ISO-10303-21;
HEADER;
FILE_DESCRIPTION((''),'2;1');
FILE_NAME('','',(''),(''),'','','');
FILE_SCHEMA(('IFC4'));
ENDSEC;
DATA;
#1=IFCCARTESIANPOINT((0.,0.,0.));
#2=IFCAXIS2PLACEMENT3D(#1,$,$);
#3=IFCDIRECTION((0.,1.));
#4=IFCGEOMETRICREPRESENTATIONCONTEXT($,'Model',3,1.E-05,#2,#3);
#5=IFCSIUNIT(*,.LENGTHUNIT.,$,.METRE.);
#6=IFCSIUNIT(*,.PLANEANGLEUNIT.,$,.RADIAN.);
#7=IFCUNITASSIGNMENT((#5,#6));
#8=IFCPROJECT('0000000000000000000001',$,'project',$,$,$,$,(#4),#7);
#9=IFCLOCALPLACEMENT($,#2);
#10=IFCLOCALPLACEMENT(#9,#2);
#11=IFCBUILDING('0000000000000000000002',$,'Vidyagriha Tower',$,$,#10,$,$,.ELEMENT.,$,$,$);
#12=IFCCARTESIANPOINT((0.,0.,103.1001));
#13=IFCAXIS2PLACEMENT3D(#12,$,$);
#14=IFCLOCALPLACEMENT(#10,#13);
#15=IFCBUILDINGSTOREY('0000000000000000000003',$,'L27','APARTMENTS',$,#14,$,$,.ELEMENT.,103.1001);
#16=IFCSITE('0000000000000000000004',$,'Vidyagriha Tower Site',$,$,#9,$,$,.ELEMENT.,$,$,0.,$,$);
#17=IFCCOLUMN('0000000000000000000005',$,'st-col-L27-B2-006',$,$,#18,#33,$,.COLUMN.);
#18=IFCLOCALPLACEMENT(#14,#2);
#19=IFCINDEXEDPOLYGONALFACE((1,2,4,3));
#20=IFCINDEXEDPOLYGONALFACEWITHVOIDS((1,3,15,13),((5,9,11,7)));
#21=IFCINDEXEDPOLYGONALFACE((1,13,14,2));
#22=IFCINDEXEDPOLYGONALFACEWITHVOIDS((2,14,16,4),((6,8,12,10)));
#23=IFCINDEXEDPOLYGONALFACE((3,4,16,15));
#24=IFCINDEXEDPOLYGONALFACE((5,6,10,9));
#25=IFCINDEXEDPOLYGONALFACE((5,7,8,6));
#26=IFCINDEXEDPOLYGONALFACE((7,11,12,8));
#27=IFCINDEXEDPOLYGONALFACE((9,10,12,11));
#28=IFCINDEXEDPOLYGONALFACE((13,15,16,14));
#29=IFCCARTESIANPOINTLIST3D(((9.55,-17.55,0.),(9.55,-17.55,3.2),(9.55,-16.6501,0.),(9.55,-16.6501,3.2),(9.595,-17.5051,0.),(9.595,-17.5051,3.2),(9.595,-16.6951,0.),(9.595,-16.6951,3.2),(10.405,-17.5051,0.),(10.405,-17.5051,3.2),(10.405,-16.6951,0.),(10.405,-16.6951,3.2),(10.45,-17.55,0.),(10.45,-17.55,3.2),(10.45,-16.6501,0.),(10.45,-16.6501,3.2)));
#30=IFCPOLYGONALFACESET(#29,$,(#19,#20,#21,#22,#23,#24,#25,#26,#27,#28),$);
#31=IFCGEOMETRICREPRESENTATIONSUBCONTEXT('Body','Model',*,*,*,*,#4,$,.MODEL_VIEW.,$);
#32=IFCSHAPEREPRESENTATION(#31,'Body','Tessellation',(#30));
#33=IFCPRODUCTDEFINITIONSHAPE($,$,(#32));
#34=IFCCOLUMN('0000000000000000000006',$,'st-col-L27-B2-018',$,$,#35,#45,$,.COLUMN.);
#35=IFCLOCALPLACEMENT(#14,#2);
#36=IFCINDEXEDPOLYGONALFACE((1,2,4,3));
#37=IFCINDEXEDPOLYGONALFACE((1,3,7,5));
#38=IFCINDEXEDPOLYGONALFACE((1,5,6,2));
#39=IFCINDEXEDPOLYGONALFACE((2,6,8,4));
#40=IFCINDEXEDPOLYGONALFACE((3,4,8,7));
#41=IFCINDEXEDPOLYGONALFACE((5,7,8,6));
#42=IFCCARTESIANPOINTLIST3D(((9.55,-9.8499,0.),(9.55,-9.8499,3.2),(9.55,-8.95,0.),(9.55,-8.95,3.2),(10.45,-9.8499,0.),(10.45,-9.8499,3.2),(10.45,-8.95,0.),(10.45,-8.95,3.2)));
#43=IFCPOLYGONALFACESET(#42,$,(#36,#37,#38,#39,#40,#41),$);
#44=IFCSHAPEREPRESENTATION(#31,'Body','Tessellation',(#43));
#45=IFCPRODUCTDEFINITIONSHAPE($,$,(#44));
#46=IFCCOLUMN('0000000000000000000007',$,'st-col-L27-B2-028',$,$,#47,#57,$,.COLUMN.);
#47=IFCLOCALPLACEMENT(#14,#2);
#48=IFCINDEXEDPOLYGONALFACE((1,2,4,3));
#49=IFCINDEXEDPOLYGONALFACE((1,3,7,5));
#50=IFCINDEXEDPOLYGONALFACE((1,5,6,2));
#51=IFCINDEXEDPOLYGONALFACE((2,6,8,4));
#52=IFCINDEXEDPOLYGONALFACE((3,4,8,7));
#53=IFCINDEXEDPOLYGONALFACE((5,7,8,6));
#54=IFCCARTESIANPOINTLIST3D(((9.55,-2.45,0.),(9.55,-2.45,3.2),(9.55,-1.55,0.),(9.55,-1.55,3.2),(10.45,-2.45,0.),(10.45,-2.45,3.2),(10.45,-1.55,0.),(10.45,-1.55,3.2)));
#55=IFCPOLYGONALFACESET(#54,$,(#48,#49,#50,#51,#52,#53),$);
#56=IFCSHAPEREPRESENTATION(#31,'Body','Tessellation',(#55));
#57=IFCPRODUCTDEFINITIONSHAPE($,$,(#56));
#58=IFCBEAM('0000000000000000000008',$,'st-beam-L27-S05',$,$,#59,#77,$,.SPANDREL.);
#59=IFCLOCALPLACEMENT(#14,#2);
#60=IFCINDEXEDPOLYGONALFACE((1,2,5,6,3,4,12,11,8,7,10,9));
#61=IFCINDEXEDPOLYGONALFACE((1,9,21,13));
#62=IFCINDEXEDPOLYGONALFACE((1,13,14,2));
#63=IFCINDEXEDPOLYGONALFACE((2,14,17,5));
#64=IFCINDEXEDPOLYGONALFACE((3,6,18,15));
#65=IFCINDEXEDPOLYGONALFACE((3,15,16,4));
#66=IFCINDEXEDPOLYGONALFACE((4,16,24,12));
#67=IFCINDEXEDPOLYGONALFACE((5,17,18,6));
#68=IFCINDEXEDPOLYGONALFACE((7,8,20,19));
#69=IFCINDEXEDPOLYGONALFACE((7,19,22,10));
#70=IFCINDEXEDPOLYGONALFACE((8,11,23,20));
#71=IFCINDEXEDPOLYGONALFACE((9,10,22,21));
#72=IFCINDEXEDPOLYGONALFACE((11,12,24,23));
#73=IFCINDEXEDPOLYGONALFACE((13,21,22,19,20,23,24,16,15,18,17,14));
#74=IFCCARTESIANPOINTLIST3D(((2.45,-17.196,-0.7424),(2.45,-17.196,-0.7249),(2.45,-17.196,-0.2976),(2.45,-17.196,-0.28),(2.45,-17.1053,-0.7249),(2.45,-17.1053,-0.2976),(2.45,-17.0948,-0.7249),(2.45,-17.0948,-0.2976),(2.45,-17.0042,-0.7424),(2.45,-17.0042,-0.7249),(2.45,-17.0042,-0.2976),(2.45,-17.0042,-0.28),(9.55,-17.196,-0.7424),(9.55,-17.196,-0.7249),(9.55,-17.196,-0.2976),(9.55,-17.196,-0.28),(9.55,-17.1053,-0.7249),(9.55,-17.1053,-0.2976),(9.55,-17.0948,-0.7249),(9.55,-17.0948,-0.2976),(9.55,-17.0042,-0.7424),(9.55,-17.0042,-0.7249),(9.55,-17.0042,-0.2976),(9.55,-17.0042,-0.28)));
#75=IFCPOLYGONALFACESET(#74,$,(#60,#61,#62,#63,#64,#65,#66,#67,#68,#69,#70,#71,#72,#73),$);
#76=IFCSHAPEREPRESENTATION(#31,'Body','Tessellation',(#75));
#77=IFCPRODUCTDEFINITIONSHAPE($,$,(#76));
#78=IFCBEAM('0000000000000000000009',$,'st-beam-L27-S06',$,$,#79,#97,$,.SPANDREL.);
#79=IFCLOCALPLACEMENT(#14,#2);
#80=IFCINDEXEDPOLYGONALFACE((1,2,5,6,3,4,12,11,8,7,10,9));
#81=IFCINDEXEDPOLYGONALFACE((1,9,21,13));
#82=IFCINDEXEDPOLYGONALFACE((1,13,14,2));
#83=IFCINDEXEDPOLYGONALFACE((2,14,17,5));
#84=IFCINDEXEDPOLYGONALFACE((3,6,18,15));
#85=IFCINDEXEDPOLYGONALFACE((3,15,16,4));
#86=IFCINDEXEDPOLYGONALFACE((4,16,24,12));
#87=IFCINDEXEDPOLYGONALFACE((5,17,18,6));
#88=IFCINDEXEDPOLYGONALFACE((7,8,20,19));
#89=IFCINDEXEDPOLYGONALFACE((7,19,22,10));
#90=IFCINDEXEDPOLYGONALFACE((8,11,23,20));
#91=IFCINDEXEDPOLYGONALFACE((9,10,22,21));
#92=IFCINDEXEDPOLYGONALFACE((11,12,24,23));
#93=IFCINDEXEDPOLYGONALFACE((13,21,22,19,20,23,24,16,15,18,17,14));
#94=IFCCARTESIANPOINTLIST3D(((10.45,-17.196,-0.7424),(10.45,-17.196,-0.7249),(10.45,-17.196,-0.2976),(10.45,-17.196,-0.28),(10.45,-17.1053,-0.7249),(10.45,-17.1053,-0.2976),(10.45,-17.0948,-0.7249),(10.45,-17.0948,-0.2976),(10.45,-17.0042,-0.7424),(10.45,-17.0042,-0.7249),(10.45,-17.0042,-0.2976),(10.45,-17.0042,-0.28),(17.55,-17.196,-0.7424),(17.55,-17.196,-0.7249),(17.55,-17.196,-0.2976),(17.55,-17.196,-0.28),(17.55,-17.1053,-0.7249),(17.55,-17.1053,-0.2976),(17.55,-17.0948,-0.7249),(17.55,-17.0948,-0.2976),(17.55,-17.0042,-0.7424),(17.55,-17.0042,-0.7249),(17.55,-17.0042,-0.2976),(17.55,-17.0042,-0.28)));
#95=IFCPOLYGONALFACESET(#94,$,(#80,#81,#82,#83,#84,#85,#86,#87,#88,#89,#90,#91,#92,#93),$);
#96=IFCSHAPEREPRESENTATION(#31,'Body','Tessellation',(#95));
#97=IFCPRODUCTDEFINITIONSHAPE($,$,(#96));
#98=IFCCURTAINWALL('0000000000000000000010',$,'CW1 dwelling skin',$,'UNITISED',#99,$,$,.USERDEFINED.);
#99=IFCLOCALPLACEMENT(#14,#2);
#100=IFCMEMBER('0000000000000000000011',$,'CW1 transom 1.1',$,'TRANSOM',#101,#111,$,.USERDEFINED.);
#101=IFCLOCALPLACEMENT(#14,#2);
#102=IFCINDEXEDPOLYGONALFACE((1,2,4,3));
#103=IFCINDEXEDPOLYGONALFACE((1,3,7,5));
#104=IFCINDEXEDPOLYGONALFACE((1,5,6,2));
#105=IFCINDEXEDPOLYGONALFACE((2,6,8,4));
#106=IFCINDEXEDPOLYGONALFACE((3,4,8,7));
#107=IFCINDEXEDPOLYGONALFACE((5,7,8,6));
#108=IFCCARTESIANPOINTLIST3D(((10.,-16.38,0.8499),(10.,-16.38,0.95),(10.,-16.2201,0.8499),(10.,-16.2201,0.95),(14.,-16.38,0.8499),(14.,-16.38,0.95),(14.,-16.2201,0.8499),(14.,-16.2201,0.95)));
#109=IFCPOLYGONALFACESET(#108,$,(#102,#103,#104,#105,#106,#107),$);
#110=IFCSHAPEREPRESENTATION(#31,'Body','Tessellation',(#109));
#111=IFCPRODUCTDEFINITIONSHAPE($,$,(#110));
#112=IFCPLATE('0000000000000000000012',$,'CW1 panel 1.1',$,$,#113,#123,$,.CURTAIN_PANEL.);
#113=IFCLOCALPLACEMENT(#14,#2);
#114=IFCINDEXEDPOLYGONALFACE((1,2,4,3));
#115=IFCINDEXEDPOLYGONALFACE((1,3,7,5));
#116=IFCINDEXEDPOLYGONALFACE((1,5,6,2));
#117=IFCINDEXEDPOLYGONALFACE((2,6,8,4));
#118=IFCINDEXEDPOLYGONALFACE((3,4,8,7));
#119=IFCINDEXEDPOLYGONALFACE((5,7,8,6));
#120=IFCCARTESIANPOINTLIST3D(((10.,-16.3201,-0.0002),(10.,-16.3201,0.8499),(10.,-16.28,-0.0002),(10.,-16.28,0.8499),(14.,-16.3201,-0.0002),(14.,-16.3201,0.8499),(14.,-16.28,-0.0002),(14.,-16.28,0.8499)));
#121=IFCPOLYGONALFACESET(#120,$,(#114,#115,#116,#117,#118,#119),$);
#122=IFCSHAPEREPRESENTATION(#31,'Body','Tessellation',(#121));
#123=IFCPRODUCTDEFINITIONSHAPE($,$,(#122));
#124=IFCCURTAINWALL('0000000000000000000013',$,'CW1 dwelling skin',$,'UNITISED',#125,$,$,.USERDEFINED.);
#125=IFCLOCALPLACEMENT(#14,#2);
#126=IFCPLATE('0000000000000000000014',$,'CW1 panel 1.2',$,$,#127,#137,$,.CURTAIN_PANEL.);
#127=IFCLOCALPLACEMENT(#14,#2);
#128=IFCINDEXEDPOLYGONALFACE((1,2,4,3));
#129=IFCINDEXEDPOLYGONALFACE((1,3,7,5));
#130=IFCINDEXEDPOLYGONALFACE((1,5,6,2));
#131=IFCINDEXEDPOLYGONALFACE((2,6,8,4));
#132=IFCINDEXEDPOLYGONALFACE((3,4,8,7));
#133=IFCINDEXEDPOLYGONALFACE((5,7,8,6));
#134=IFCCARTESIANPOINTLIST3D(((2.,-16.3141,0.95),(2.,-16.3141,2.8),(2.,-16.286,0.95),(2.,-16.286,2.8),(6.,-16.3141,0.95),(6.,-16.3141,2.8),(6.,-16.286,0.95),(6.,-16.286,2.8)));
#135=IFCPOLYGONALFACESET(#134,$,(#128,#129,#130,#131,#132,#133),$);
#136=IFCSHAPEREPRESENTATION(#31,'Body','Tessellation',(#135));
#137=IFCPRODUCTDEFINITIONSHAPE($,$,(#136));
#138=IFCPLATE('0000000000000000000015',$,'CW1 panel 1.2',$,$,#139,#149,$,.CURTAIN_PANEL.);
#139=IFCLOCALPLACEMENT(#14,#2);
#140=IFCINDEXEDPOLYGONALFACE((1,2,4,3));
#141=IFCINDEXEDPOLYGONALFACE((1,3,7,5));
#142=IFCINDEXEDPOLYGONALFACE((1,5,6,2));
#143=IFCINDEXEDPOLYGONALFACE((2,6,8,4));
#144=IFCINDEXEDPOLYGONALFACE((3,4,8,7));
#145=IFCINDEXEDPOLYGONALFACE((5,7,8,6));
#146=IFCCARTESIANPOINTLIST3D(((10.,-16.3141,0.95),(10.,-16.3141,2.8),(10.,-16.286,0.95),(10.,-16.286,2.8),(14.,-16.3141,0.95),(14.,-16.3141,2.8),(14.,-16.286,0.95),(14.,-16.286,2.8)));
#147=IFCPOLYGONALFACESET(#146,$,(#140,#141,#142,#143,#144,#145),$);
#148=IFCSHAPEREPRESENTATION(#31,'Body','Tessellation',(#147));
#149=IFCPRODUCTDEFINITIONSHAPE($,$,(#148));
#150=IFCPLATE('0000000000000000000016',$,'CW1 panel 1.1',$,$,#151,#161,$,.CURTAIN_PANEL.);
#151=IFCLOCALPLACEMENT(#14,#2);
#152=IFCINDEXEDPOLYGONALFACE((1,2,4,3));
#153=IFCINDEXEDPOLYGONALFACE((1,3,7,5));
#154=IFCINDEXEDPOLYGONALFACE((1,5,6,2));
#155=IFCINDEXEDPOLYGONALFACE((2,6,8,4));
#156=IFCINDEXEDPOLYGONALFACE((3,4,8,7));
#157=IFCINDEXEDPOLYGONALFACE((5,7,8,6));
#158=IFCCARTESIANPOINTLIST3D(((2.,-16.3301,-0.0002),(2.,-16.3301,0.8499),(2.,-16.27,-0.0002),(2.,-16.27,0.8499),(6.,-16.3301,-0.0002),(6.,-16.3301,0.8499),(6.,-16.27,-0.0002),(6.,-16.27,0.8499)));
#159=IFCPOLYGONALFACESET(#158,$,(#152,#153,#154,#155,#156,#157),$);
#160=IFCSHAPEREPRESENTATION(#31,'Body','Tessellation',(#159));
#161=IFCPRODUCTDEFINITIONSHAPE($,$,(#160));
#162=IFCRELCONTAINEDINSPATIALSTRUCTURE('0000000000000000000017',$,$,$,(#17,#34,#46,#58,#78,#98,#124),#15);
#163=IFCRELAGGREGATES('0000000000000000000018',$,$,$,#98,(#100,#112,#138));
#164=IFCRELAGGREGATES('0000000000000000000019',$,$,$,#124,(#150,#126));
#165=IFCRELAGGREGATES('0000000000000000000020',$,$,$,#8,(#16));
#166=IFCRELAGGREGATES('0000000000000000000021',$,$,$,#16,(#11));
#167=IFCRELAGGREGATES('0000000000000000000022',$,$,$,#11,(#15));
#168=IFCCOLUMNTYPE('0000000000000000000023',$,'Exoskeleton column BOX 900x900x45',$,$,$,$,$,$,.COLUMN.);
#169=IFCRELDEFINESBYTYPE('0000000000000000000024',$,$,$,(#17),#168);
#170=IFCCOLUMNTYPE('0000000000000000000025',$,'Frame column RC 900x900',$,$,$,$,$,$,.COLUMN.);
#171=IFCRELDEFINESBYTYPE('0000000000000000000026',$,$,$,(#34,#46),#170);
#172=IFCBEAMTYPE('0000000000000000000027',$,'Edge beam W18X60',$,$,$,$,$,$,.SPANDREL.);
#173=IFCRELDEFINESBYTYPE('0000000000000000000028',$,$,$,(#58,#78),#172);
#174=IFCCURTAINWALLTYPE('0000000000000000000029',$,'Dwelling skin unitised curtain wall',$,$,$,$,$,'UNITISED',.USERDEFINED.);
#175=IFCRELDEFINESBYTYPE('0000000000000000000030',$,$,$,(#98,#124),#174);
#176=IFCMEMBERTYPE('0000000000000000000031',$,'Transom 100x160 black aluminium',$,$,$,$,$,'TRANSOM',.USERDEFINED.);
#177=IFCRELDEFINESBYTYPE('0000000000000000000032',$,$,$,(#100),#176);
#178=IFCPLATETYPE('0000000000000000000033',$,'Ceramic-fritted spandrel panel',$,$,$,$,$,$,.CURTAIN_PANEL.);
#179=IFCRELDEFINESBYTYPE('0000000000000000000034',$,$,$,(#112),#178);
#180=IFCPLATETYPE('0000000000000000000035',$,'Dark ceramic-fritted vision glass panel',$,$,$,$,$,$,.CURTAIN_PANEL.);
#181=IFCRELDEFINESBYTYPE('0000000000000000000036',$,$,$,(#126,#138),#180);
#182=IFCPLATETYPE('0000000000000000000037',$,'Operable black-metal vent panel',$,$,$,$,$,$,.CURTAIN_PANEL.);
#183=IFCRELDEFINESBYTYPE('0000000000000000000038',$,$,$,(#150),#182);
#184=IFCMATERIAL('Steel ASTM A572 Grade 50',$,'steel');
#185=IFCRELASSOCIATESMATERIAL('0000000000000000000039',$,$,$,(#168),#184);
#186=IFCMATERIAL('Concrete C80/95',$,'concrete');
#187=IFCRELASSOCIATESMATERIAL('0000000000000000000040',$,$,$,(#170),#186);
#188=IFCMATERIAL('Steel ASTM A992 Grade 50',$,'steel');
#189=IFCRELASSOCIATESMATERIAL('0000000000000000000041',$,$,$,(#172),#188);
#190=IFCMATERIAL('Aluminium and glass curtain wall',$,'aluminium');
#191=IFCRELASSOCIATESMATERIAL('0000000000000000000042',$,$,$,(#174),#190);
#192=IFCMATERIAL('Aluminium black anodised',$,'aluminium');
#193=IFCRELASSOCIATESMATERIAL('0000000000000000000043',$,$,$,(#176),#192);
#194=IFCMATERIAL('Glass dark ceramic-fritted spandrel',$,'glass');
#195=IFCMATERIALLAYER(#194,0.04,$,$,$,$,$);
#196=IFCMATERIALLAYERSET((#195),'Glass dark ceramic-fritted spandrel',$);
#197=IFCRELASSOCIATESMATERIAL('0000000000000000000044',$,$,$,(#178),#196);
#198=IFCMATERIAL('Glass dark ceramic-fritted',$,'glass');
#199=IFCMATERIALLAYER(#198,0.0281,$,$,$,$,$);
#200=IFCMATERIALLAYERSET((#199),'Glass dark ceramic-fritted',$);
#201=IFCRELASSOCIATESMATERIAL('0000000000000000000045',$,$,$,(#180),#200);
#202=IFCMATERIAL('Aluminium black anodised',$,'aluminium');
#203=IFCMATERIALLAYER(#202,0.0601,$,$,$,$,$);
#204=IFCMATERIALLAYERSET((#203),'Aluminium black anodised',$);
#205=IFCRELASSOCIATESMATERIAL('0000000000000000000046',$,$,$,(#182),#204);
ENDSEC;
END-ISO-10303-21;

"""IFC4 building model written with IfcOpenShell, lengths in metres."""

from ifc_helpers import new_model, si_unit, direction, frame, origin, origin_2d, place, context, subcontext, project, spatial, rectangle, hollow_rectangle, i_section, extrude, material, layer, layer_set, material_profile, profile_set, type_object, element, aggregate, save


model = new_model("IFC4")

# Units and contexts
model_context = context("Model", 3, precision=1e-05, world=origin(), true_north=direction((0.0, 1.0)))
body_context = subcontext(model_context, "Body", "Model", "MODEL_VIEW")
ifc_project = project(units=[si_unit("LENGTHUNIT", "METRE"), si_unit("PLANEANGLEUNIT", "RADIAN")], contexts=[model_context])

# Site, building, storey
site_placement = place(None, origin())
site = spatial("IfcSite", under=ifc_project, at=site_placement, Name="Vidyagriha Tower Site", CompositionType="ELEMENT", RefElevation=0.0)
building_placement = place(site_placement, origin())
building = spatial("IfcBuilding", under=site, at=building_placement, Name="Vidyagriha Tower", CompositionType="ELEMENT")
storey_placement = place(building_placement, frame((0.0, 0.0, 103.1001)))
storey = spatial("IfcBuildingStorey", under=building, at=storey_placement, Name="L27", Description="APARTMENTS", CompositionType="ELEMENT", Elevation=103.1001)

# Columns
ifc_material_1 = material(Name="Steel ASTM A572 Grade 50", Category="steel")
ifc_material_profile_1 = material_profile(ifc_material_1, hollow_rectangle(XDim=0.8999, YDim=0.8999, WallThickness=0.0449, at=origin_2d()), Name="BOX 900x900x45")
ifc_profile_set_1 = profile_set([ifc_material_profile_1], Name="Steel ASTM A572 Grade 50")
column_type_1 = type_object("IfcColumnType", Name="Exoskeleton column BOX 900x900x45", PredefinedType="COLUMN", material=ifc_profile_set_1)
column_placement = place(storey_placement, frame((10.0, -17.1001, 0.0)))
element("IfcColumn", 1, at=column_placement, inside=storey, type_object=column_type_1, Name="st-col-L27-B2-006", PredefinedType="COLUMN", context=body_context, shape_type="SweptSolid", body=[
    extrude(hollow_rectangle(XDim=0.8999, YDim=0.8999, WallThickness=0.0449, at=origin_2d()), origin(), (0.0, 0.0, 1.0), 3.2),
])
ifc_material_2 = material(Name="Concrete C80/95", Category="concrete")
ifc_material_profile_2 = material_profile(ifc_material_2, rectangle(XDim=0.8999, YDim=0.8999, at=origin_2d()), Name="RC 900x900")
ifc_profile_set_2 = profile_set([ifc_material_profile_2], Name="Concrete C80/95")
column_type_2 = type_object("IfcColumnType", Name="Frame column RC 900x900", PredefinedType="COLUMN", material=ifc_profile_set_2)
for number, where, name in (
    (2, (10.0, -9.3999, 0.0), "st-col-L27-B2-018"),
    (3, (10.0, -2.0, 0.0), "st-col-L27-B2-028"),
):
    element("IfcColumn", number, at=place(storey_placement, frame(where)), inside=storey, type_object=column_type_2, Name=name, PredefinedType="COLUMN", context=body_context, shape_type="SweptSolid", body=[
        extrude(rectangle(XDim=0.8999, YDim=0.8999, at=origin_2d()), origin(), (0.0, 0.0, 1.0), 3.2),
    ])

# Beams
ifc_material_3 = material(Name="Steel ASTM A992 Grade 50", Category="steel")
ifc_material_profile_3 = material_profile(ifc_material_3, i_section(OverallWidth=0.1919, OverallDepth=0.4624, WebThickness=0.0105, FlangeThickness=0.0176, at=origin_2d()), Name="W18X60")
ifc_profile_set_3 = profile_set([ifc_material_profile_3], Name="Steel ASTM A992 Grade 50")
beam_type = type_object("IfcBeamType", Name="Edge beam W18X60", PredefinedType="SPANDREL", material=ifc_profile_set_3)
for number, where, z_axis, x_axis, name in (
    (4, (2.45, -17.1001, -0.5112), (1.0, 0.0, 0.0), (0.0, 1.0, 0.0), "st-beam-L27-S05"),
    (5, (10.45, -17.1001, -0.5112), (1.0, 0.0, 0.0), (0.0, 1.0, 0.0), "st-beam-L27-S06"),
):
    element("IfcBeam", number, at=place(storey_placement, frame(where, z_axis=z_axis, x_axis=x_axis)), inside=storey, type_object=beam_type, Name=name, PredefinedType="SPANDREL", context=body_context, shape_type="SweptSolid", body=[
        extrude(i_section(OverallWidth=0.1919, OverallDepth=0.4624, WebThickness=0.0105, FlangeThickness=0.0176, at=origin_2d()), origin(), (0.0, 0.0, 1.0), 7.1001),
    ])

# Curtain wall, member, plate
ifc_material_4 = material(Name="Aluminium and glass curtain wall", Category="aluminium")
curtain_wall_type = type_object("IfcCurtainWallType", Name="Dwelling skin unitised curtain wall", ElementType="UNITISED", PredefinedType="USERDEFINED", material=ifc_material_4)
curtain_wall_1_placement = place(storey_placement, origin())
curtain_wall_1 = element("IfcCurtainWall", 6, at=curtain_wall_1_placement, inside=storey, type_object=curtain_wall_type, Name="CW1 dwelling skin", ObjectType="UNITISED", PredefinedType="USERDEFINED")
ifc_material_5 = material(Name="Aluminium black anodised", Category="aluminium")
ifc_material_profile_4 = material_profile(ifc_material_5, rectangle(XDim=0.1599, YDim=0.1001, at=origin_2d()), Name="Transom 100x160 black aluminium")
ifc_profile_set_4 = profile_set([ifc_material_profile_4], Name="Aluminium black anodised")
member_type = type_object("IfcMemberType", Name="Transom 100x160 black aluminium", ElementType="TRANSOM", PredefinedType="USERDEFINED", material=ifc_profile_set_4)
member_placement = place(storey_placement, frame((10.0, -16.3, 0.8999), z_axis=(1.0, 0.0, 0.0), x_axis=(0.0, 1.0, 0.0)))
member = element("IfcMember", 7, at=member_placement, type_object=member_type, Name="CW1 transom 1.1", ObjectType="TRANSOM", PredefinedType="USERDEFINED", context=body_context, shape_type="SweptSolid", body=[
    extrude(rectangle(XDim=0.1599, YDim=0.1001, at=origin_2d()), origin(), (0.0, 0.0, 1.0), 4.0),
])
ifc_material_6 = material(Name="Glass dark ceramic-fritted spandrel", Category="glass")
ifc_layer_1 = layer(ifc_material_6, 0.04)
ifc_layer_set_1 = layer_set([ifc_layer_1], Name="Glass dark ceramic-fritted spandrel")
plate_type_1 = type_object("IfcPlateType", Name="Ceramic-fritted spandrel panel", PredefinedType="CURTAIN_PANEL", material=ifc_layer_set_1)
plate_1_placement = place(storey_placement, frame((12.0, -16.3, -0.0002)))
plate_1 = element("IfcPlate", 8, at=plate_1_placement, type_object=plate_type_1, Name="CW1 panel 1.1", PredefinedType="CURTAIN_PANEL", context=body_context, shape_type="SweptSolid", body=[
    extrude(rectangle(XDim=4.0, YDim=0.04, at=origin_2d()), origin(), (0.0, 0.0, 1.0), 0.8501),
])

# Curtain wall, plate
curtain_wall_2_placement = place(storey_placement, origin())
curtain_wall_2 = element("IfcCurtainWall", 9, at=curtain_wall_2_placement, inside=storey, type_object=curtain_wall_type, Name="CW1 dwelling skin", ObjectType="UNITISED", PredefinedType="USERDEFINED")
ifc_material_7 = material(Name="Glass dark ceramic-fritted", Category="glass")
ifc_layer_2 = layer(ifc_material_7, 0.0281)
ifc_layer_set_2 = layer_set([ifc_layer_2], Name="Glass dark ceramic-fritted")
plate_type_2 = type_object("IfcPlateType", Name="Dark ceramic-fritted vision glass panel", PredefinedType="CURTAIN_PANEL", material=ifc_layer_set_2)
plate_2_placement = place(storey_placement, frame((4.0, -16.3, 0.95)))
plate_2 = element("IfcPlate", 10, at=plate_2_placement, type_object=plate_type_2, Name="CW1 panel 1.2", PredefinedType="CURTAIN_PANEL", context=body_context, shape_type="SweptSolid", body=[
    extrude(rectangle(XDim=4.0, YDim=0.0281, at=origin_2d()), origin(), (0.0, 0.0, 1.0), 1.8501),
])

# Plates
plate_3_placement = place(storey_placement, frame((12.0, -16.3, 0.95)))
plate_3 = element("IfcPlate", 11, at=plate_3_placement, type_object=plate_type_2, Name="CW1 panel 1.2", PredefinedType="CURTAIN_PANEL", context=body_context, shape_type="SweptSolid", body=[
    extrude(rectangle(XDim=4.0, YDim=0.0281, at=origin_2d()), origin(), (0.0, 0.0, 1.0), 1.8501),
])
aggregate(curtain_wall_1, [member, plate_1, plate_3])
ifc_material_8 = material(Name="Aluminium black anodised", Category="aluminium")
ifc_layer_3 = layer(ifc_material_8, 0.0601)
ifc_layer_set_3 = layer_set([ifc_layer_3], Name="Aluminium black anodised")
plate_type_3 = type_object("IfcPlateType", Name="Operable black-metal vent panel", PredefinedType="CURTAIN_PANEL", material=ifc_layer_set_3)
plate_4_placement = place(storey_placement, frame((4.0, -16.3, -0.0002)))
plate_4 = element("IfcPlate", 12, at=plate_4_placement, type_object=plate_type_3, Name="CW1 panel 1.1", PredefinedType="CURTAIN_PANEL", context=body_context, shape_type="SweptSolid", body=[
    extrude(rectangle(XDim=4.0, YDim=0.0601, at=origin_2d()), origin(), (0.0, 0.0, 1.0), 0.8501),
])
aggregate(curtain_wall_2, [plate_4, plate_2])

save(model, "model.ifc")
